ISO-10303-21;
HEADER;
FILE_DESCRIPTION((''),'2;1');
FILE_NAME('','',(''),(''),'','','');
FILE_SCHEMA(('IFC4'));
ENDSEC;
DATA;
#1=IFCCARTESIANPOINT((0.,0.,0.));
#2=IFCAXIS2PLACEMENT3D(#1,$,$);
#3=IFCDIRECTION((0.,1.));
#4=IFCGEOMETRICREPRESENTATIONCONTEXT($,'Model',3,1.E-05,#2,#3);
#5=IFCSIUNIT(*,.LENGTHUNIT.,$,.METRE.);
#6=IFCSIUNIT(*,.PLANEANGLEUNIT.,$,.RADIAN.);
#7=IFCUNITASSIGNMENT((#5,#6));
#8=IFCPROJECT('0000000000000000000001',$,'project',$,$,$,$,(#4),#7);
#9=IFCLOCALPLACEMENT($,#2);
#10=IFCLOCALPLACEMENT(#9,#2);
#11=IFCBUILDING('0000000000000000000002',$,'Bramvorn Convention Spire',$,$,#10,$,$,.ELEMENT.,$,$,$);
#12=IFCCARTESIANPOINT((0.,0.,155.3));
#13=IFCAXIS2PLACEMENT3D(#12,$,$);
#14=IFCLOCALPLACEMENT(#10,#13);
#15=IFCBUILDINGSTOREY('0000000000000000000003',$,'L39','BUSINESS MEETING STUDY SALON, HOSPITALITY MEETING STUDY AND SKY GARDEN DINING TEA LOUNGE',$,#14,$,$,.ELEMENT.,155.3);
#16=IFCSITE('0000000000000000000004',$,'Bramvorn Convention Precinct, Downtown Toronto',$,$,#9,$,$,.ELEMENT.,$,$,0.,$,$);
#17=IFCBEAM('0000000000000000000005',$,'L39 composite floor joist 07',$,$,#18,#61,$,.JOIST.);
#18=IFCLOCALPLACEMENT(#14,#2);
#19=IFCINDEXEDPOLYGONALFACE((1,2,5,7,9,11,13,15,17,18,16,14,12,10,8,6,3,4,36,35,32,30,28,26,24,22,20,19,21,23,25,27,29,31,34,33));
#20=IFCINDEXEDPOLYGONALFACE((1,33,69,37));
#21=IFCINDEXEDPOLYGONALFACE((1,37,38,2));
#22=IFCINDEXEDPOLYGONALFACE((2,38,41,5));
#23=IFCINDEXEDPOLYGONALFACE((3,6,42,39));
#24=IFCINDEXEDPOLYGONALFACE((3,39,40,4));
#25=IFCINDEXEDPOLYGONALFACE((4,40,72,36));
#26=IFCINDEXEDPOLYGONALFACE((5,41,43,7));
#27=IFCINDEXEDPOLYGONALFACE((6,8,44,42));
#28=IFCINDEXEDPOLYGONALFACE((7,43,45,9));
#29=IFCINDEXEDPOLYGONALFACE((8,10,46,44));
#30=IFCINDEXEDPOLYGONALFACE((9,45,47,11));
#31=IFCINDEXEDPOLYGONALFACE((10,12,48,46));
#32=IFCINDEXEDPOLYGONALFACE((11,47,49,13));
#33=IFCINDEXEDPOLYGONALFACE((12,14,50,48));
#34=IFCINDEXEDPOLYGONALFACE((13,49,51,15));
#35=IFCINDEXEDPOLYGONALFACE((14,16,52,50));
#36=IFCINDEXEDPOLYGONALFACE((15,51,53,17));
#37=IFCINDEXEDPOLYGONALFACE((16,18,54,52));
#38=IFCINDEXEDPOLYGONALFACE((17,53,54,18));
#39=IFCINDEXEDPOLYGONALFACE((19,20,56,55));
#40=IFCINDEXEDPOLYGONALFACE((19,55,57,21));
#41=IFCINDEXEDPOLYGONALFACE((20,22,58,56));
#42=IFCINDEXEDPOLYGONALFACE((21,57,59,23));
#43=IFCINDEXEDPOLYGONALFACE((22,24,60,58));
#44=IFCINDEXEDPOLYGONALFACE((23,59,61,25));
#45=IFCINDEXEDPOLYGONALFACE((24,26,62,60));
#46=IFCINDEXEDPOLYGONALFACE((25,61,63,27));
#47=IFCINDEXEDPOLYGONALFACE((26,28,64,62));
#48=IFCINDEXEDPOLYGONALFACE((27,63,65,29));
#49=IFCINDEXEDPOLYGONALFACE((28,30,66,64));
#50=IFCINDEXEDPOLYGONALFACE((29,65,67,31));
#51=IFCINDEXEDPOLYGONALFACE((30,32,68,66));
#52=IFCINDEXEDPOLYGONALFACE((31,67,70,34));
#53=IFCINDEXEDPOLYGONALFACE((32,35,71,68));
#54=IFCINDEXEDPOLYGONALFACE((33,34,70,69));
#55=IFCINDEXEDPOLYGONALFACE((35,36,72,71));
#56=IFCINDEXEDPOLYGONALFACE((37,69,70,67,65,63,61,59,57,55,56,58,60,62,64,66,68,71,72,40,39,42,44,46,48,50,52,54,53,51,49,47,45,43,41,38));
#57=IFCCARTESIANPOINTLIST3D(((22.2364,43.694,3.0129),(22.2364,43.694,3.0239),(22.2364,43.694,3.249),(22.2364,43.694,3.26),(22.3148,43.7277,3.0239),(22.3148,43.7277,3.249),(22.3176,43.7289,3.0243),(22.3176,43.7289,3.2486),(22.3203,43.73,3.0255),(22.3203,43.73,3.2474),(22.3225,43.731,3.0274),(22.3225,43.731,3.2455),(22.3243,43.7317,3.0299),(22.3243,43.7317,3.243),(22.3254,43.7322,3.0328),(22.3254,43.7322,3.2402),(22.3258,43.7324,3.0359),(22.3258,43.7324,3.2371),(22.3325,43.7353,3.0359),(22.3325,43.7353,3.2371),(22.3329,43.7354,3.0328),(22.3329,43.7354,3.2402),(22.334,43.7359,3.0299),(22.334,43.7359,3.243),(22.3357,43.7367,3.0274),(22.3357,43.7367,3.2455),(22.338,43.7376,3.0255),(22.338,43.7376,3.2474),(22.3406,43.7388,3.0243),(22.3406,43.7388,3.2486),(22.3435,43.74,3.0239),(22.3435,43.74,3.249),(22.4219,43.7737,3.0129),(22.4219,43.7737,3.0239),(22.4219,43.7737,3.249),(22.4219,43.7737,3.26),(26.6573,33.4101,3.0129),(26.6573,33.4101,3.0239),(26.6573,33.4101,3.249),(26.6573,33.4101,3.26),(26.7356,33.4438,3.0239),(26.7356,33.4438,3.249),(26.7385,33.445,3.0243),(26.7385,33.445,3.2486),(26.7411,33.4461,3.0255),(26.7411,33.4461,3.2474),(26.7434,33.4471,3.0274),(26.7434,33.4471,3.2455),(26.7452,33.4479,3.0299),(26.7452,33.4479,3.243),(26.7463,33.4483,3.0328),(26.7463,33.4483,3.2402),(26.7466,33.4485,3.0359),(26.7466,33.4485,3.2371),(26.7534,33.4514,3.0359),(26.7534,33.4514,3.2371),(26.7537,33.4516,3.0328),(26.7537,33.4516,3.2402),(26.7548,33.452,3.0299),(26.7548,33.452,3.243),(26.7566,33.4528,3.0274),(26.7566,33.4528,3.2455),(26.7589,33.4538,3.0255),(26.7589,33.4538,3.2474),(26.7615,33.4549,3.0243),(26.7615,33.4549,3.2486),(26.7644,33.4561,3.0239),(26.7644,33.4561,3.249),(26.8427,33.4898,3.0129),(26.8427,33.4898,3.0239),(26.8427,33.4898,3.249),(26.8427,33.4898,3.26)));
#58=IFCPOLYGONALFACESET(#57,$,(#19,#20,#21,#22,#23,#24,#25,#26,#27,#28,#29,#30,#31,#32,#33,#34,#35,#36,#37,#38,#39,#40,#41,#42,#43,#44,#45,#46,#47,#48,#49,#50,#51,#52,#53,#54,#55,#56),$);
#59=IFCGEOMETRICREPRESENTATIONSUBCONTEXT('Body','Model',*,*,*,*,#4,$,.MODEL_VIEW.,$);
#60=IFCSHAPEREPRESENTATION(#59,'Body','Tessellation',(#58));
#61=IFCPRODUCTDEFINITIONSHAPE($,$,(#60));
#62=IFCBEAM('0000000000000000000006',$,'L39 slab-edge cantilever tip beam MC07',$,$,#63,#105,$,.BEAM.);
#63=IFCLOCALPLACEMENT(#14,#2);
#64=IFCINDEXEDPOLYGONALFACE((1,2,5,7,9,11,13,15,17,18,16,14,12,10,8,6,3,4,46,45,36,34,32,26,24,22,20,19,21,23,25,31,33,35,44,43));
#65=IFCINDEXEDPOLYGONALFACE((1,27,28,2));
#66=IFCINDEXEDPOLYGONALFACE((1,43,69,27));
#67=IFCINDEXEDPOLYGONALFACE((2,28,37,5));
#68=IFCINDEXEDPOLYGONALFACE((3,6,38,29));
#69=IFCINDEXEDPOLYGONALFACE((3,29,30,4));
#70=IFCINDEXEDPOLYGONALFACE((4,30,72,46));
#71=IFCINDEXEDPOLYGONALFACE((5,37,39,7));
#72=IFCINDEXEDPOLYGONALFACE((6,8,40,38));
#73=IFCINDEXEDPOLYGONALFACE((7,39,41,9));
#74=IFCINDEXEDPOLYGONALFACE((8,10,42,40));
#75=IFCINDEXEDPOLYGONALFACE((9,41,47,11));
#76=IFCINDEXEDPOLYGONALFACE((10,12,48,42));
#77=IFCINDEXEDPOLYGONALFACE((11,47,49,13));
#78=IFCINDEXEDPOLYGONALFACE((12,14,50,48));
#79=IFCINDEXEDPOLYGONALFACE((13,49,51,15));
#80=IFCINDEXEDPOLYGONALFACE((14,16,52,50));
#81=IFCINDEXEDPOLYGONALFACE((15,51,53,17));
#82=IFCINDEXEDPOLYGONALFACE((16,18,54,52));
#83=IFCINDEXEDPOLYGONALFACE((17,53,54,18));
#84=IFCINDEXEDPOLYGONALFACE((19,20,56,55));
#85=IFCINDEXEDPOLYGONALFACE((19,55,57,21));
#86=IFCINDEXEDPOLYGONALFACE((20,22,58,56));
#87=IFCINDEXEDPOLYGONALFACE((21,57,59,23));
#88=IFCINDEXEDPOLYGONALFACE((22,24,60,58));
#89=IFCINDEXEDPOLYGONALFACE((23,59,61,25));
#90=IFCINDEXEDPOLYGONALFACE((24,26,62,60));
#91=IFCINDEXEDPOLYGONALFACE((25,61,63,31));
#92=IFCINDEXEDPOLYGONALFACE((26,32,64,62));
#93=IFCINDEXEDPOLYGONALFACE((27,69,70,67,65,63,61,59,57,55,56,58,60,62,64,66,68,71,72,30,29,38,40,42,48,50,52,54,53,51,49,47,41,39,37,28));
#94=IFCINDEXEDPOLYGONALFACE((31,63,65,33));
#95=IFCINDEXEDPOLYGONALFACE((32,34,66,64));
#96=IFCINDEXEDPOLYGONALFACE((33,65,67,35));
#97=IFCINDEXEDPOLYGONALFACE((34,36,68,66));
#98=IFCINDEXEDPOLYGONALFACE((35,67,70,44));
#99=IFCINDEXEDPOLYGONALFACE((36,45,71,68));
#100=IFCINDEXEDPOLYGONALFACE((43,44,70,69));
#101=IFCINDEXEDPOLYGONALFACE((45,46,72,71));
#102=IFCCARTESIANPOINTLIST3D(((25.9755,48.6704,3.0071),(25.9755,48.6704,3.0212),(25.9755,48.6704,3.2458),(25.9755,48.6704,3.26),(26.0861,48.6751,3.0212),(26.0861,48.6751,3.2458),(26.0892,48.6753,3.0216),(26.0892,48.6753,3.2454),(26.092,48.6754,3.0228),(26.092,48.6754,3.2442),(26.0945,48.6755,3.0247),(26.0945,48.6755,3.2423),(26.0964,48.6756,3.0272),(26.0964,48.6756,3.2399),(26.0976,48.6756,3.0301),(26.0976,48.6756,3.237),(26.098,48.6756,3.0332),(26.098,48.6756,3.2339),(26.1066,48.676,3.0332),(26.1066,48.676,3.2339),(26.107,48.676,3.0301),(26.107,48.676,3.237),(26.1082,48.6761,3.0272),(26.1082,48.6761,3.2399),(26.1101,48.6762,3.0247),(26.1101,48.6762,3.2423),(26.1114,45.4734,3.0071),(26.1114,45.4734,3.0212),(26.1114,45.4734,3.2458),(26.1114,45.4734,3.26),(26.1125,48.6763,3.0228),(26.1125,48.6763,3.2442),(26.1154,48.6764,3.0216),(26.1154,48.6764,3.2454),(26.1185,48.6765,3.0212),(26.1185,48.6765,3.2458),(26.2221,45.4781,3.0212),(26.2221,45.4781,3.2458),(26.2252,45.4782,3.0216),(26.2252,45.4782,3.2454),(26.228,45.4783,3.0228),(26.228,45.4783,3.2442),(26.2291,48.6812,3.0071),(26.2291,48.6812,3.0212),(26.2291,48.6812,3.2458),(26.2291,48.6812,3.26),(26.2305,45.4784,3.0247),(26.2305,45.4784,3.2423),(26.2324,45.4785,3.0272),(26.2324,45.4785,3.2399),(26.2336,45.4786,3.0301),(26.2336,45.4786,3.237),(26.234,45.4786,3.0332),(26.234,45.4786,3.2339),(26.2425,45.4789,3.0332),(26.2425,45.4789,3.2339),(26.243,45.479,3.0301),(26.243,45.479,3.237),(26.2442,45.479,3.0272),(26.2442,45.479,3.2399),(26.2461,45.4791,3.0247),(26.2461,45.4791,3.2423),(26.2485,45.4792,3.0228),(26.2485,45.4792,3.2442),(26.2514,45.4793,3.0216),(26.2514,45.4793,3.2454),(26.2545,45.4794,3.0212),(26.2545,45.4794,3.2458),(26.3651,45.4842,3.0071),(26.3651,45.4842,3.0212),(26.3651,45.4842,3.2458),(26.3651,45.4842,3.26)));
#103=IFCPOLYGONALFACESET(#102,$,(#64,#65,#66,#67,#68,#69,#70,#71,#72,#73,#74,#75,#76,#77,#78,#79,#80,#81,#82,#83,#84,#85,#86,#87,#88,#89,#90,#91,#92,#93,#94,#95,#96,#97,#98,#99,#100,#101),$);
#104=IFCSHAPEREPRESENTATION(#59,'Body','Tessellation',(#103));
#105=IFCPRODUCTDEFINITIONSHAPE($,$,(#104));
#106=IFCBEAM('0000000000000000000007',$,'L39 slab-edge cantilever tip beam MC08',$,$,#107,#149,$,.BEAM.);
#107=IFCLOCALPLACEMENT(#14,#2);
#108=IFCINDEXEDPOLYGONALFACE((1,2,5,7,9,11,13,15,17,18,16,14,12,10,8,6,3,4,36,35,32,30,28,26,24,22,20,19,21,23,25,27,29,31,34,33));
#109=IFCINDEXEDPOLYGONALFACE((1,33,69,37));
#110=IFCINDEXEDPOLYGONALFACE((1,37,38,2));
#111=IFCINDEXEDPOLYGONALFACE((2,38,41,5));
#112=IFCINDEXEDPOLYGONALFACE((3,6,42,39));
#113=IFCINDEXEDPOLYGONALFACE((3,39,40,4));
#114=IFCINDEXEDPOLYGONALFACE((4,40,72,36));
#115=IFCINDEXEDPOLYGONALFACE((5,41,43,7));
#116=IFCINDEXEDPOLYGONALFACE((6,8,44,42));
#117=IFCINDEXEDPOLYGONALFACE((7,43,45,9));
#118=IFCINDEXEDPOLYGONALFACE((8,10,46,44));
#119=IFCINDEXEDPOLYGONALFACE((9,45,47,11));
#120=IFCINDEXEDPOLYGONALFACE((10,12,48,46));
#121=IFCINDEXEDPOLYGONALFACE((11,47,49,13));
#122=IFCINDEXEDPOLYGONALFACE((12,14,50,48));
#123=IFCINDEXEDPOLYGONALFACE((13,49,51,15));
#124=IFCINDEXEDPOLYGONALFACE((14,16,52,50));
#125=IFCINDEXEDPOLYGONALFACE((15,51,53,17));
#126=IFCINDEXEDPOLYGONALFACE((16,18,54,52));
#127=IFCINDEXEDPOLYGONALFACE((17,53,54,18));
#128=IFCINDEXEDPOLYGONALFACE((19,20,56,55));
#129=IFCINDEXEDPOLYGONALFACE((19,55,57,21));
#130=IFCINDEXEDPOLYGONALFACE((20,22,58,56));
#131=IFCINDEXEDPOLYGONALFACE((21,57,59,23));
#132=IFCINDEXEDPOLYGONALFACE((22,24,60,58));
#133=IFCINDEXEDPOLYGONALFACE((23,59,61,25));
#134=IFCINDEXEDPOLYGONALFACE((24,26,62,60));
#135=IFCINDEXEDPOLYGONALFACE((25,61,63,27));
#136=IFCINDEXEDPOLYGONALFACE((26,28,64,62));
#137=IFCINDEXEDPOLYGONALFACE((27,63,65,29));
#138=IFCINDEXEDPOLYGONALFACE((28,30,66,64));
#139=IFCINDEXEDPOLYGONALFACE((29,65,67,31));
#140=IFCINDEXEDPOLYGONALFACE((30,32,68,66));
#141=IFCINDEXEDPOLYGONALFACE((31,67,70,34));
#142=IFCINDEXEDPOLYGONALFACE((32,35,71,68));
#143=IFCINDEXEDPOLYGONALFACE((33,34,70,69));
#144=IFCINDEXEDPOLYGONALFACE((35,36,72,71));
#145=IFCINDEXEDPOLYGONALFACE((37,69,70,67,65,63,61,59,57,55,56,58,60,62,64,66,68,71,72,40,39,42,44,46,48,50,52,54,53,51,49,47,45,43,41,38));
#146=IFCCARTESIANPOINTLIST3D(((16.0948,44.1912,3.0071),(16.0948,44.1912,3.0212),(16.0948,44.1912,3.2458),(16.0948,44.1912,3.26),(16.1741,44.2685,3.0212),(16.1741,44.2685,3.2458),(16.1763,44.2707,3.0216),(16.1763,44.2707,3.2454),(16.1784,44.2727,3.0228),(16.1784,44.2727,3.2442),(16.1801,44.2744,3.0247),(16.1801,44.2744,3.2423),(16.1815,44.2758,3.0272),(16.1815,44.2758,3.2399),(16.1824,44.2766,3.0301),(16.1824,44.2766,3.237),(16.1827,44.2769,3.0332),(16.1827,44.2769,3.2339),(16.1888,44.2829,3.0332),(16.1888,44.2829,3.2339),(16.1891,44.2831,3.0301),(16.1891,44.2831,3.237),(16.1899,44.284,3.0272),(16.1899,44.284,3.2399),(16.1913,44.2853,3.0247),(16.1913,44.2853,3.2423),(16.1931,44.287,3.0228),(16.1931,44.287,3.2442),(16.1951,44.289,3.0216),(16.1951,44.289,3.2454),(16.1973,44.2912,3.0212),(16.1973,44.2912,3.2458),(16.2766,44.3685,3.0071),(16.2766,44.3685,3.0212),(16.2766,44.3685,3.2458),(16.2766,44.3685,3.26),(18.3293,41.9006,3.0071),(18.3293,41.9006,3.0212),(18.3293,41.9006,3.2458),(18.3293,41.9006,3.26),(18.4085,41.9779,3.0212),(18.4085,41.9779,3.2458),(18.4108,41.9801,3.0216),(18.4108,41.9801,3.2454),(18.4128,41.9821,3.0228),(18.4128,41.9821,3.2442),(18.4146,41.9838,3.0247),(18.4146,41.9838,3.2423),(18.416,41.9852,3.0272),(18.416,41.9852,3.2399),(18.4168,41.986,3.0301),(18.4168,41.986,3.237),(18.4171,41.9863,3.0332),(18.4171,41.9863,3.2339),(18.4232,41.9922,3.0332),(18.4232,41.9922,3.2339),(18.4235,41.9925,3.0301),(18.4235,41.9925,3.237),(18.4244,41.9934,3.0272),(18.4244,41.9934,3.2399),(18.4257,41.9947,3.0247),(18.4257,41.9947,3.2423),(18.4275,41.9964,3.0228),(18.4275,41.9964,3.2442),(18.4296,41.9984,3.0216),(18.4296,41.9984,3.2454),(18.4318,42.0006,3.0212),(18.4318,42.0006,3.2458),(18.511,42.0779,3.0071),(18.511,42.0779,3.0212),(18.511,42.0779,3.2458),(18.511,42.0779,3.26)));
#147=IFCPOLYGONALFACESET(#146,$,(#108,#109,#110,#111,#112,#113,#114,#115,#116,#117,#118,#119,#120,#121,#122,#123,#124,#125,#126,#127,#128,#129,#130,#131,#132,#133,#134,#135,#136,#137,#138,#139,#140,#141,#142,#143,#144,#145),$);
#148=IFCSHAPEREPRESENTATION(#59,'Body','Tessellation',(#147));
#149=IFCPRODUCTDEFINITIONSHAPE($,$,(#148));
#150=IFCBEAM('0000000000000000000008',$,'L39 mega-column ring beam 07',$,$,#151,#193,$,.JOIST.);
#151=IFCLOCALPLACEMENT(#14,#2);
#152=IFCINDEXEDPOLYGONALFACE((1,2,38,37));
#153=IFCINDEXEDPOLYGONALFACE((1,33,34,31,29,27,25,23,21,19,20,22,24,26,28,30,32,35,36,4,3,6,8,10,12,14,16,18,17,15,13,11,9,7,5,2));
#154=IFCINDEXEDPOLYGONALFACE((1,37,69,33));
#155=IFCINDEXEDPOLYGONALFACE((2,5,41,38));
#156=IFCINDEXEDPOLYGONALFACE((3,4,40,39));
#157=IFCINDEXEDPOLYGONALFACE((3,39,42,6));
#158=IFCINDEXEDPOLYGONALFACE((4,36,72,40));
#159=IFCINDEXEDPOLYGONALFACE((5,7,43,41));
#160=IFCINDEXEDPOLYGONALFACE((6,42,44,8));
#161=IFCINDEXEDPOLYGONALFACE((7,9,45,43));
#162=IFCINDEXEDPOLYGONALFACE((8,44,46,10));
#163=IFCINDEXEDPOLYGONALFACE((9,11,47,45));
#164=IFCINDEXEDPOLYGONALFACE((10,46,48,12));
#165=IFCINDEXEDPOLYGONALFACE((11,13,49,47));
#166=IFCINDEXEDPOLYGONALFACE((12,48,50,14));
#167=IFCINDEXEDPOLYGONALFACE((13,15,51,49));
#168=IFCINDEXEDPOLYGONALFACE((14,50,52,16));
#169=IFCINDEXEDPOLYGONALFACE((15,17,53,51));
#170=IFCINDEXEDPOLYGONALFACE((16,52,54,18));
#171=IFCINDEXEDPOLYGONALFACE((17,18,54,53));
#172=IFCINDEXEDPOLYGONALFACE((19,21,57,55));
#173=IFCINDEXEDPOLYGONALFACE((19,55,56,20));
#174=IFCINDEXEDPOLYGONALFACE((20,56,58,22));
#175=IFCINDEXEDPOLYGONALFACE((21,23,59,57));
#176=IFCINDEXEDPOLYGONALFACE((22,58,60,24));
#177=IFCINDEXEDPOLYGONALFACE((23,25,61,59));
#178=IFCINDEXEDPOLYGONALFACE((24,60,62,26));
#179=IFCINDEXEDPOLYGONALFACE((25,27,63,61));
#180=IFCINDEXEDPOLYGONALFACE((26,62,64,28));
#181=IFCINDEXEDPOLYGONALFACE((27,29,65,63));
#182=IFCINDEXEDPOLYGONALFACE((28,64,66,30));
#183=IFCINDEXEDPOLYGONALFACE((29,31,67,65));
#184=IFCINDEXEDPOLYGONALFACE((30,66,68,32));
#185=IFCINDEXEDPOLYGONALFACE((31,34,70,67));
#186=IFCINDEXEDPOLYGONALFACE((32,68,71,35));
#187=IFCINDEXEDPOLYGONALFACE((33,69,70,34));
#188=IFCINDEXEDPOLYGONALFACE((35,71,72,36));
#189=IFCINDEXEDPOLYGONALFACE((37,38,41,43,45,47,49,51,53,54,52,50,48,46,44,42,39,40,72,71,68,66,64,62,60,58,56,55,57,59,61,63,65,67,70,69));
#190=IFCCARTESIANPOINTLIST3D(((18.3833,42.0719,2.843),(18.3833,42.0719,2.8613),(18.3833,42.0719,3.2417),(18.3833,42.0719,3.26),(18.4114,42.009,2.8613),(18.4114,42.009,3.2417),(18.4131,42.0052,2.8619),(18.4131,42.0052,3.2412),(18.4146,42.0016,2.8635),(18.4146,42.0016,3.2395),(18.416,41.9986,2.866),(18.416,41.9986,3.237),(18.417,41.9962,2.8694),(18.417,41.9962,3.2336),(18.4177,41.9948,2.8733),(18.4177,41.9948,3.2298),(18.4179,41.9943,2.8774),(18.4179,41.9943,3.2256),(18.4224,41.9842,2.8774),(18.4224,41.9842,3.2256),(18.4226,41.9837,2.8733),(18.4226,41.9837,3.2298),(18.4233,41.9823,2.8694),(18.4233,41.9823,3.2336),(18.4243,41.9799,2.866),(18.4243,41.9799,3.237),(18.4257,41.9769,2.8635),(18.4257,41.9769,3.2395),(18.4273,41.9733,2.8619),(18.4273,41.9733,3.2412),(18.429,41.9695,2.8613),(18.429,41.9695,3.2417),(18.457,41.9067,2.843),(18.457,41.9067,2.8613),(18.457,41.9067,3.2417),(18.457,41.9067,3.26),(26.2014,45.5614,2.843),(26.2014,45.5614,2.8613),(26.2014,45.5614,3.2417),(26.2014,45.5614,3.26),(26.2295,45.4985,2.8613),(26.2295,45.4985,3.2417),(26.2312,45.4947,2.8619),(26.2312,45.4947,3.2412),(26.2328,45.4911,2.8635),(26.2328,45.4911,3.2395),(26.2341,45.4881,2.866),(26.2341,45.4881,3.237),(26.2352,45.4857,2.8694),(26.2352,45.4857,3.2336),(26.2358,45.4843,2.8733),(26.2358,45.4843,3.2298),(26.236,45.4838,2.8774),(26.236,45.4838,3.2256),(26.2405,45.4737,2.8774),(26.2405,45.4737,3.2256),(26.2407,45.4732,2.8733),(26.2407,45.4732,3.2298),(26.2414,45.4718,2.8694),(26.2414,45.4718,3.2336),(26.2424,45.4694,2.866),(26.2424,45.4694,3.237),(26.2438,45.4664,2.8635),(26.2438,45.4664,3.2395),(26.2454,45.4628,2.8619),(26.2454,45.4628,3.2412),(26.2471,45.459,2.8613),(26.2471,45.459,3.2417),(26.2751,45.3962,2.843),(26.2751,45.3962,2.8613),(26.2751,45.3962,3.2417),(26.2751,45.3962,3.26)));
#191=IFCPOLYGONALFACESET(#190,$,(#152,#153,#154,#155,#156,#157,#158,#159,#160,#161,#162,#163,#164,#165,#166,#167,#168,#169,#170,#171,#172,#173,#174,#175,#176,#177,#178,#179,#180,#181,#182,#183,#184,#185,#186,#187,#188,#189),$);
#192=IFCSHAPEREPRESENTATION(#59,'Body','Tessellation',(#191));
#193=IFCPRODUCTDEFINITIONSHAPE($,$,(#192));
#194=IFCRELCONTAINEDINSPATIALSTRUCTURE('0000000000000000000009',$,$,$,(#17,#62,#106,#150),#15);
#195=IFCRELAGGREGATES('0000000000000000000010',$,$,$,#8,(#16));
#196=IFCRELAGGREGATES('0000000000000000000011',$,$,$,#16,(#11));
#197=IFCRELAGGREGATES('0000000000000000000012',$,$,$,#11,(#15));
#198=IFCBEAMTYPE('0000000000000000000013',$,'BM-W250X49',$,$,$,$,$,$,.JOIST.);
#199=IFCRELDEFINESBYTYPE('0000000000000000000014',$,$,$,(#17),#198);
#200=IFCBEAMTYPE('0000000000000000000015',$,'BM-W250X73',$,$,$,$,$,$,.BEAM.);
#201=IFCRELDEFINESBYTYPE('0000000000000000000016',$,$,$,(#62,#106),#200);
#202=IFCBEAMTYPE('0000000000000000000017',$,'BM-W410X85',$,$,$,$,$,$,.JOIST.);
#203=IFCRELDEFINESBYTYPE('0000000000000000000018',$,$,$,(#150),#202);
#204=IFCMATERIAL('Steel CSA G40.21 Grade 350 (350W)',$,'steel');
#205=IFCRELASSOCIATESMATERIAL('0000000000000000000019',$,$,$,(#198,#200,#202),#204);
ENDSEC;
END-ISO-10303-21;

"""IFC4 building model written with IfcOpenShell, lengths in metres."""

from ifc_helpers import new_model, si_unit, direction, frame, origin, origin_2d, place, context, subcontext, project, spatial, i_section, extrude, material, material_profile, profile_set, type_object, element, save


model = new_model("IFC4")

# Units and contexts
model_context = context("Model", 3, precision=1e-05, world=origin(), true_north=direction((0.0, 1.0)))
body_context = subcontext(model_context, "Body", "Model", "MODEL_VIEW")
ifc_project = project(units=[si_unit("LENGTHUNIT", "METRE"), si_unit("PLANEANGLEUNIT", "RADIAN")], contexts=[model_context])

# Site, building, storey
site_placement = place(None, origin())
site = spatial("IfcSite", under=ifc_project, at=site_placement, Name="Bramvorn Convention Precinct, Downtown Toronto", CompositionType="ELEMENT", RefElevation=0.0)
building_placement = place(site_placement, origin())
building = spatial("IfcBuilding", under=site, at=building_placement, Name="Bramvorn Convention Spire", CompositionType="ELEMENT")
storey_placement = place(building_placement, frame((0.0, 0.0, 155.3)))
storey = spatial("IfcBuildingStorey", under=building, at=storey_placement, Name="L39", Description="BUSINESS MEETING STUDY SALON, HOSPITALITY MEETING STUDY AND SKY GARDEN DINING TEA LOUNGE", CompositionType="ELEMENT", Elevation=155.3)

# Shared definitions
ifc_material_1 = material(Name="Steel CSA G40.21 Grade 350 (350W)", Category="steel")

# Beams
ifc_material_profile_1 = material_profile(ifc_material_1, i_section(OverallWidth=0.2019, OverallDepth=0.2471, WebThickness=0.0073, FlangeThickness=0.011, FilletRadius=0.012, at=origin_2d()))
ifc_profile_set_1 = profile_set([ifc_material_profile_1], Name="Steel CSA G40.21 Grade 350 (350W) - W250X49")
beam_type_1 = type_object("IfcBeamType", Name="BM-W250X49", PredefinedType="JOIST", material=ifc_profile_set_1)
beam_1_placement = place(storey_placement, frame((26.75, 33.45, 3.1365), z_axis=(-0.394938, 0.918708, 0.0), x_axis=(-0.918708, -0.394938, 0.0)))
element("IfcBeam", 1, at=beam_1_placement, inside=storey, type_object=beam_type_1, Name="L39 composite floor joist 07", PredefinedType="JOIST", context=body_context, shape_type="SweptSolid", body=[
    extrude(i_section(OverallWidth=0.2019, OverallDepth=0.2471, WebThickness=0.0073, FlangeThickness=0.011, FilletRadius=0.012, at=origin_2d()), origin(), (0.0, 0.0, 1.0), 11.1938),
])
ifc_material_profile_2 = material_profile(ifc_material_1, i_section(OverallWidth=0.2539, OverallDepth=0.2529, WebThickness=0.0085, FlangeThickness=0.0142, FilletRadius=0.012, at=origin_2d()))
ifc_profile_set_2 = profile_set([ifc_material_profile_2], Name="Steel CSA G40.21 Grade 350 (350W) - W250X73")
beam_type_2 = type_object("IfcBeamType", Name="BM-W250X73", PredefinedType="BEAM", material=ifc_profile_set_2)
for number, where, z_axis, x_axis, name in (
    (2, (26.2383, 45.4788, 3.1335), (-0.042497, 0.999097, 0.0), (-0.999097, -0.042497, 0.0), "L39 slab-edge cantilever tip beam MC07"),
    (3, (18.4202, 41.9893, 3.1335), (-0.698278, 0.715827, 0.0), (-0.715827, -0.698278, 0.0), "L39 slab-edge cantilever tip beam MC08"),
):
    element("IfcBeam", number, at=place(storey_placement, frame(where, z_axis=z_axis, x_axis=x_axis)), inside=storey, type_object=beam_type_2, Name=name, PredefinedType="BEAM", context=body_context, shape_type="SweptSolid", body=[
        extrude(i_section(OverallWidth=0.2539, OverallDepth=0.2529, WebThickness=0.0085, FlangeThickness=0.0142, FilletRadius=0.012, at=origin_2d()), origin(), (0.0, 0.0, 1.0), 3.2),
    ])
ifc_material_profile_3 = material_profile(ifc_material_1, i_section(OverallWidth=0.1809, OverallDepth=0.417, WebThickness=0.011, FlangeThickness=0.0183, FilletRadius=0.0161, at=origin_2d()))
ifc_profile_set_3 = profile_set([ifc_material_profile_3], Name="Steel CSA G40.21 Grade 350 (350W) - W410X85")
beam_type_3 = type_object("IfcBeamType", Name="BM-W410X85", PredefinedType="JOIST", material=ifc_profile_set_3)
beam_2_placement = place(storey_placement, frame((26.2383, 45.4788, 3.0515), z_axis=(-0.91317, -0.40758, 0.0), x_axis=(0.40758, -0.91317, 0.0)))
element("IfcBeam", 4, at=beam_2_placement, inside=storey, type_object=beam_type_3, Name="L39 mega-column ring beam 07", PredefinedType="JOIST", context=body_context, shape_type="SweptSolid", body=[
    extrude(i_section(OverallWidth=0.1809, OverallDepth=0.417, WebThickness=0.011, FlangeThickness=0.0183, FilletRadius=0.0161, at=origin_2d()), origin(), (0.0, 0.0, 1.0), 8.5615),
])

save(model, "model.ifc")
